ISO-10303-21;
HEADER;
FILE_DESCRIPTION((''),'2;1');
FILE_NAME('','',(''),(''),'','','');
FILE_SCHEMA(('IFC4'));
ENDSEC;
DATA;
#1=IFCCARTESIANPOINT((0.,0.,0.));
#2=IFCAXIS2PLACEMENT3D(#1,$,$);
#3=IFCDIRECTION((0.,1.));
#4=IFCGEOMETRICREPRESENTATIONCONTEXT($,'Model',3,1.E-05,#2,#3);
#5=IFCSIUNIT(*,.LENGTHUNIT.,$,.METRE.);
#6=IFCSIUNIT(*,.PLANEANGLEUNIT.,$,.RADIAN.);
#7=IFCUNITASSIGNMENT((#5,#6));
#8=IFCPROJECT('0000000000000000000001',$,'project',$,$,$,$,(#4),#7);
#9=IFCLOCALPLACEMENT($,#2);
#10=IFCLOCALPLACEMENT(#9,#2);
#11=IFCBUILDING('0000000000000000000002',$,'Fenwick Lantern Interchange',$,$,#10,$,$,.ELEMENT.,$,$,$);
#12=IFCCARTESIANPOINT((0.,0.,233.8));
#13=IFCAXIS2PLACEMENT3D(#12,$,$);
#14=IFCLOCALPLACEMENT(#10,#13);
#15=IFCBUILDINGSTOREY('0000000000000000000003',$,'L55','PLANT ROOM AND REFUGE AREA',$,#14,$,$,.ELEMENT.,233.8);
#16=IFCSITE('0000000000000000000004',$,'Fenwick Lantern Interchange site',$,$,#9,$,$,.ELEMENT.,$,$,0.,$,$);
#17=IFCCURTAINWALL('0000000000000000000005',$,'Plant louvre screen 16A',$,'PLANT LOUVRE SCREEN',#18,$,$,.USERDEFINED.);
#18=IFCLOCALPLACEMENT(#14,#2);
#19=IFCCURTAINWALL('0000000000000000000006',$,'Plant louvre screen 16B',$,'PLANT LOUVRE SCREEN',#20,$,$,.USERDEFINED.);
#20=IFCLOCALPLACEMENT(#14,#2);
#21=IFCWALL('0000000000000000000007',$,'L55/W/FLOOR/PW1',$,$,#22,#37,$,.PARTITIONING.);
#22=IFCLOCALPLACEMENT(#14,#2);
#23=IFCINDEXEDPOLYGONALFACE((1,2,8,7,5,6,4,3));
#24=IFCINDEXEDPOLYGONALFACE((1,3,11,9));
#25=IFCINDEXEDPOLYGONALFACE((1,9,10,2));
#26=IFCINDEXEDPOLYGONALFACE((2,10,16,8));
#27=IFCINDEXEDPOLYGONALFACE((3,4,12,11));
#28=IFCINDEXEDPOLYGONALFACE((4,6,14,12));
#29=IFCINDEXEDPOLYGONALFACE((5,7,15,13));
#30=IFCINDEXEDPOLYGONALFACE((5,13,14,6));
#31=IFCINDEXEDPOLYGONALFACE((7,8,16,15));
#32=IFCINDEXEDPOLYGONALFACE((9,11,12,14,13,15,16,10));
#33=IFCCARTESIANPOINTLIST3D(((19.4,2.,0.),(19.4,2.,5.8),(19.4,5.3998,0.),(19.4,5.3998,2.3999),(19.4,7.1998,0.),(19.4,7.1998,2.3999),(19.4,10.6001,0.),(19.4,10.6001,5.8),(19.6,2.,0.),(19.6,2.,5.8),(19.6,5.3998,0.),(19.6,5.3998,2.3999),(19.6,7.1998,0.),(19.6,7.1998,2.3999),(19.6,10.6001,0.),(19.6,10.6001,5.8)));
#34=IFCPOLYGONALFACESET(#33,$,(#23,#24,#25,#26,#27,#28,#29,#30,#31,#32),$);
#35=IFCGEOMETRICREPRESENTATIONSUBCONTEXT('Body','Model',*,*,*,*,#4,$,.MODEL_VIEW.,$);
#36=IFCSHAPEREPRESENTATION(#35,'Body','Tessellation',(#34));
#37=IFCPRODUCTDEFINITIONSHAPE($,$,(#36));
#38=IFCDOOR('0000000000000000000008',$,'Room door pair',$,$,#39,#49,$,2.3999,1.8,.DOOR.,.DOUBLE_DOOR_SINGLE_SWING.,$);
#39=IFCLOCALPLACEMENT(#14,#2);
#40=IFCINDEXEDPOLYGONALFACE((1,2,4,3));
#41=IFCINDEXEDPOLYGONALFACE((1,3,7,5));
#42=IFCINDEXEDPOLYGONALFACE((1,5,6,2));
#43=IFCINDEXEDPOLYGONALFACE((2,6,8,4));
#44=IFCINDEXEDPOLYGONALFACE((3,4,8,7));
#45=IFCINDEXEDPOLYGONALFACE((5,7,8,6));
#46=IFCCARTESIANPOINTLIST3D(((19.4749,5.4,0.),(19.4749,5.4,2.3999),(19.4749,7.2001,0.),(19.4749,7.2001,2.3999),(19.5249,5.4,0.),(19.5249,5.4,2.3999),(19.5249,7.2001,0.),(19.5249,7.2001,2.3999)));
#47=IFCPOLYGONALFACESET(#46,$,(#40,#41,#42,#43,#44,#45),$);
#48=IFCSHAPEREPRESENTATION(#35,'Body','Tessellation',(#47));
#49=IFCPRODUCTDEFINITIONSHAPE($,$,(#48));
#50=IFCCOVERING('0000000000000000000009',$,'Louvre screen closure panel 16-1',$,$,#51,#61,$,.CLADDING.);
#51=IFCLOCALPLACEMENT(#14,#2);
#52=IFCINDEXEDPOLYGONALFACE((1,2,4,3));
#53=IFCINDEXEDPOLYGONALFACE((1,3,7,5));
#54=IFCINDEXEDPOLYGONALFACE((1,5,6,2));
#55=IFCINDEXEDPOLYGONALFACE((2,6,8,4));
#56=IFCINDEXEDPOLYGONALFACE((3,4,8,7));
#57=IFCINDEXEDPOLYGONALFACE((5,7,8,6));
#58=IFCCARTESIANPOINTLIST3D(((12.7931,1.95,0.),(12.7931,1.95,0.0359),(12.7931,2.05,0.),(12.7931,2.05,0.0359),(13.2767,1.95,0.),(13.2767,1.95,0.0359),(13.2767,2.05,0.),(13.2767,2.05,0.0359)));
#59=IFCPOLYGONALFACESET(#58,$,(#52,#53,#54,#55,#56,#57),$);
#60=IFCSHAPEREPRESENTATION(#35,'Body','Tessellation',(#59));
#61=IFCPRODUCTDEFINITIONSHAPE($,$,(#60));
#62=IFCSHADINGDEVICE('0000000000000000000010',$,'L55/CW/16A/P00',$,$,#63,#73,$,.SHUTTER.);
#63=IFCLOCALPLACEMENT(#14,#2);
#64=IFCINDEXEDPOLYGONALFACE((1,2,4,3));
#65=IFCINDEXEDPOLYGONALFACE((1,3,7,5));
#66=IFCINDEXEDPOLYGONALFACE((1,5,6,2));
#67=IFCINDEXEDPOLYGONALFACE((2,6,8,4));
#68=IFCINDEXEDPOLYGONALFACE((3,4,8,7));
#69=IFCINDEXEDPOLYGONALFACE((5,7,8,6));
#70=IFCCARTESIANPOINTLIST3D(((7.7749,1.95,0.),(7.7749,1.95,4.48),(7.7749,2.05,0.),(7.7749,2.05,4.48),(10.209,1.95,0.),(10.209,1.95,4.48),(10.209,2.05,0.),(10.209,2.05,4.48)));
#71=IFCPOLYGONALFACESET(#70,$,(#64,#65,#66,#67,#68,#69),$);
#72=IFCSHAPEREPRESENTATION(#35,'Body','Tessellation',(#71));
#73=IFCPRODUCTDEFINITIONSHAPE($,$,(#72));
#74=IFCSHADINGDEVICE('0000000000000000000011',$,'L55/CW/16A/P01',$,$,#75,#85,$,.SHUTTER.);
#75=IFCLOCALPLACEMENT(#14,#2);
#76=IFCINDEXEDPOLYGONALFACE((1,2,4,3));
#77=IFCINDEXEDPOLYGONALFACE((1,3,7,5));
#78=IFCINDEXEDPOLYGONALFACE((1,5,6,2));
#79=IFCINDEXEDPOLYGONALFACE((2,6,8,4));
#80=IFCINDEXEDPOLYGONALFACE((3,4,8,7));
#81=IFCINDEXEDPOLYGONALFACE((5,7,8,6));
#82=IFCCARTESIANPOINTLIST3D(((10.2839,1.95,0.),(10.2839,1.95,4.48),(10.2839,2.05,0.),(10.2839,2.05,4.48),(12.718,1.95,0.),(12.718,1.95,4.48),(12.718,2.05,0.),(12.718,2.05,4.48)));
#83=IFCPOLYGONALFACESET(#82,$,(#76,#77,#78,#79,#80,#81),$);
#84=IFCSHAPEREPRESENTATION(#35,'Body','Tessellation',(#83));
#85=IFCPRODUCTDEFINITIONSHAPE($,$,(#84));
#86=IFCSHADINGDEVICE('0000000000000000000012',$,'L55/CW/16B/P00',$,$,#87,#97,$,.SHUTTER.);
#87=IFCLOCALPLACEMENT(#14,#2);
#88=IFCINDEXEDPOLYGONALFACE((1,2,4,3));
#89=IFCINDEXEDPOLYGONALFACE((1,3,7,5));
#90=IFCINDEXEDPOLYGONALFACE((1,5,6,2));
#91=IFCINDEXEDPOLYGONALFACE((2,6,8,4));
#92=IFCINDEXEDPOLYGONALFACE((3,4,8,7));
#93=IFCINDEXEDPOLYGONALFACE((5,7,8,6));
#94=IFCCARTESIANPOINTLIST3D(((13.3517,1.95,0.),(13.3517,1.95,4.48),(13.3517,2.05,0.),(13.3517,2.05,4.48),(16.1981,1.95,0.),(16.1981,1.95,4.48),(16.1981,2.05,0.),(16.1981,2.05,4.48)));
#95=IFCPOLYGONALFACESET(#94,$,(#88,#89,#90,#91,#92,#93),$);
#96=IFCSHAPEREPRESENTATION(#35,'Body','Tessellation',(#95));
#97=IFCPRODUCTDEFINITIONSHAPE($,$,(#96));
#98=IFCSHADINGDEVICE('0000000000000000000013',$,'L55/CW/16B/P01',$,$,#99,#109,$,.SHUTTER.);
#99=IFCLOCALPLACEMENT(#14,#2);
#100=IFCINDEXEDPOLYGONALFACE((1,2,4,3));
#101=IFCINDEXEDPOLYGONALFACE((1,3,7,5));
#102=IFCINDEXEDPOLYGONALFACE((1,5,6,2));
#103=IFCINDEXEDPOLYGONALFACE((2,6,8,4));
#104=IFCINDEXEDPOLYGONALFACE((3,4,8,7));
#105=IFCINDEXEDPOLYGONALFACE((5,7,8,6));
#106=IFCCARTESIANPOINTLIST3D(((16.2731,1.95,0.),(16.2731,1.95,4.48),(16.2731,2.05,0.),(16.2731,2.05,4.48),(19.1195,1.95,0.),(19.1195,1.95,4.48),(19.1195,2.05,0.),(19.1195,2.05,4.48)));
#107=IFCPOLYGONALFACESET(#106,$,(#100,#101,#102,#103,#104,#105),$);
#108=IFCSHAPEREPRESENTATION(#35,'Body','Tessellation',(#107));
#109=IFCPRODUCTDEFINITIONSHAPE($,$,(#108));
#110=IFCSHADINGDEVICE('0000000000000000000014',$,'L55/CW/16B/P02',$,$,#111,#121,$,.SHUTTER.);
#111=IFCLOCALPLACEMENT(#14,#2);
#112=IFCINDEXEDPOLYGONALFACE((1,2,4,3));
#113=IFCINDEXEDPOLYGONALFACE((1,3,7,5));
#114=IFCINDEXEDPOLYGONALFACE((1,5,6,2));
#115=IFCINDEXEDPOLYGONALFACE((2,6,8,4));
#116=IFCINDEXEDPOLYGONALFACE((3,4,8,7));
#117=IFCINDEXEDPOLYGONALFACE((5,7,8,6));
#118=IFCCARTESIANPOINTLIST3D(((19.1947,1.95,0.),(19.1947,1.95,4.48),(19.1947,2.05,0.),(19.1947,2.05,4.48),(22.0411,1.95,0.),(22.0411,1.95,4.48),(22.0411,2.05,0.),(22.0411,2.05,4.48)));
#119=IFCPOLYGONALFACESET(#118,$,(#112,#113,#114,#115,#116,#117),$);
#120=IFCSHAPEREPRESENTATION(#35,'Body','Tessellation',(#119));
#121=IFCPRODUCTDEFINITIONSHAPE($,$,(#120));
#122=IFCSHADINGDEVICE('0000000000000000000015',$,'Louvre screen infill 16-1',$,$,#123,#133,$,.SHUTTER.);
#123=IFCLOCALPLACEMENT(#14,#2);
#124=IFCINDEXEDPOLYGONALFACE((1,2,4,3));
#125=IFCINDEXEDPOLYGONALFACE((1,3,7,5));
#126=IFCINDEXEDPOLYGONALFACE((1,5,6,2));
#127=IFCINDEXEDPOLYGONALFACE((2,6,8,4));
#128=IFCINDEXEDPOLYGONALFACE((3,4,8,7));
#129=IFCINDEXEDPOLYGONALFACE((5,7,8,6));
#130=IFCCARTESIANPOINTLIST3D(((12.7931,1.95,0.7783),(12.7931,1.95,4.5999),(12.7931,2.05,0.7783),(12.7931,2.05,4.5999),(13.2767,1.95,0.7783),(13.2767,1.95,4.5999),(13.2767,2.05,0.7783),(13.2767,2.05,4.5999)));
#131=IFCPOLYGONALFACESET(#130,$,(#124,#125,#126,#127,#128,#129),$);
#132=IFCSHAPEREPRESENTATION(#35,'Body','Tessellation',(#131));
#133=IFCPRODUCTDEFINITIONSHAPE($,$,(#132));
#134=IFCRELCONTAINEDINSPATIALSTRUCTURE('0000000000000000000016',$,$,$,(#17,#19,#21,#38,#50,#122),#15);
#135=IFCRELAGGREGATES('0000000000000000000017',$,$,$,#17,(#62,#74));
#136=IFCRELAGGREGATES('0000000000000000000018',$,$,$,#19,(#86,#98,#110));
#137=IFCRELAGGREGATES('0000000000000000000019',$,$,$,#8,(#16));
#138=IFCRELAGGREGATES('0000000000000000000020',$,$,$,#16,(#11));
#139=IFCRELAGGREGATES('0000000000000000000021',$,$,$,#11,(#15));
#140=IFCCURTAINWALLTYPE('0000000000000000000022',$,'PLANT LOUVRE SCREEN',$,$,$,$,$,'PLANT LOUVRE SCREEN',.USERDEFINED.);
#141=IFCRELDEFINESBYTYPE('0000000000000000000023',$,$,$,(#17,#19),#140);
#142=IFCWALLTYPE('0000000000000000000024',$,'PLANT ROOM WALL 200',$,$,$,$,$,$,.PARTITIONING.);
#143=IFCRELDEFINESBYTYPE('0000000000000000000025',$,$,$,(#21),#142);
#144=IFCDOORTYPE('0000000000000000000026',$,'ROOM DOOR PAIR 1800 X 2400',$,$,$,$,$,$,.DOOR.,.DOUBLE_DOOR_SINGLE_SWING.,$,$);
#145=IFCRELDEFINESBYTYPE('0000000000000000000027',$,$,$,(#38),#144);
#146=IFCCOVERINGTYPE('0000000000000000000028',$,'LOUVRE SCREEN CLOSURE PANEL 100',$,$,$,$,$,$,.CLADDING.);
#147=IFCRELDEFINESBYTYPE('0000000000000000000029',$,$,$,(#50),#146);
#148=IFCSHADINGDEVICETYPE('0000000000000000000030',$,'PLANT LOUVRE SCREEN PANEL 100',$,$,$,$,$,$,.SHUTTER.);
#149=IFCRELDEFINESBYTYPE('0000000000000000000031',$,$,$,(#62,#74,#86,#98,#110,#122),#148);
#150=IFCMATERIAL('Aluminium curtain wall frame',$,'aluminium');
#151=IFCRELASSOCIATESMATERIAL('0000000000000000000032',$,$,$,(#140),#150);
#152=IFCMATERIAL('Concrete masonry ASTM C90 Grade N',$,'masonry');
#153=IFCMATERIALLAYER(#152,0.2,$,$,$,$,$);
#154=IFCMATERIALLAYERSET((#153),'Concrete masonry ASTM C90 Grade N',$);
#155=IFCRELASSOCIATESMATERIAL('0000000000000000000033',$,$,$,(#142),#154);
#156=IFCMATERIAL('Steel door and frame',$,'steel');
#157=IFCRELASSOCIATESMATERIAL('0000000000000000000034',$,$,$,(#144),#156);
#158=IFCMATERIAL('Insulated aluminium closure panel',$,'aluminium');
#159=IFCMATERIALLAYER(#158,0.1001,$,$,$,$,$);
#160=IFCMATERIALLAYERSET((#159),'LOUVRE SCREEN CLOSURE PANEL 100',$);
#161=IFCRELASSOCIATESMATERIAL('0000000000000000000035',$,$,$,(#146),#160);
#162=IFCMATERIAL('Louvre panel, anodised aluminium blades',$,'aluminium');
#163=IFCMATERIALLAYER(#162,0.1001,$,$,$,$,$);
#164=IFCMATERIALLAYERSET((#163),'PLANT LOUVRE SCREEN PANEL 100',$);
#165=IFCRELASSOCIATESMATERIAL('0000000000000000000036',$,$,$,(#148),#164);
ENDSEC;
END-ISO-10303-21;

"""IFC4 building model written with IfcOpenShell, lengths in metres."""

from ifc_helpers import new_model, si_unit, direction, frame, frame_2d, origin, origin_2d, place, context, subcontext, project, spatial, rectangle, extrude, material, layer, layer_set, type_object, element, fill, aggregate, save


model = new_model("IFC4")

# Units and contexts
model_context = context("Model", 3, precision=1e-05, world=origin(), true_north=direction((0.0, 1.0)))
body_context = subcontext(model_context, "Body", "Model", "MODEL_VIEW")
ifc_project = project(units=[si_unit("LENGTHUNIT", "METRE"), si_unit("PLANEANGLEUNIT", "RADIAN")], contexts=[model_context])

# Site, building, storey
site_placement = place(None, origin())
site = spatial("IfcSite", under=ifc_project, at=site_placement, Name="Fenwick Lantern Interchange site", CompositionType="ELEMENT", RefElevation=0.0)
building_placement = place(site_placement, origin())
building = spatial("IfcBuilding", under=site, at=building_placement, Name="Fenwick Lantern Interchange", CompositionType="ELEMENT")
storey_placement = place(building_placement, frame((0.0, 0.0, 233.8)))
storey = spatial("IfcBuildingStorey", under=building, at=storey_placement, Name="L55", Description="PLANT ROOM AND REFUGE AREA", CompositionType="ELEMENT", Elevation=233.8)

# Curtain walls
ifc_material_1 = material(Name="Aluminium curtain wall frame", Category="aluminium")
curtain_wall_type = type_object("IfcCurtainWallType", Name="PLANT LOUVRE SCREEN", ElementType="PLANT LOUVRE SCREEN", PredefinedType="USERDEFINED", material=ifc_material_1)
curtain_wall_1_placement = place(storey_placement, origin())
curtain_wall_1 = element("IfcCurtainWall", 1, at=curtain_wall_1_placement, inside=storey, type_object=curtain_wall_type, Name="Plant louvre screen 16A", ObjectType="PLANT LOUVRE SCREEN", PredefinedType="USERDEFINED")
curtain_wall_2_placement = place(storey_placement, origin())
curtain_wall_2 = element("IfcCurtainWall", 2, at=curtain_wall_2_placement, inside=storey, type_object=curtain_wall_type, Name="Plant louvre screen 16B", ObjectType="PLANT LOUVRE SCREEN", PredefinedType="USERDEFINED")

# Wall, opening, door
ifc_material_2 = material(Name="Concrete masonry ASTM C90 Grade N", Category="masonry")
ifc_layer_1 = layer(ifc_material_2, 0.2)
ifc_layer_set_1 = layer_set([ifc_layer_1], Name="Concrete masonry ASTM C90 Grade N")
wall_type = type_object("IfcWallType", Name="PLANT ROOM WALL 200", PredefinedType="PARTITIONING", material=ifc_layer_set_1)
wall_placement = place(storey_placement, frame((19.5, 2.0, 0.0), z_axis=(0.0, 0.0, 1.0), x_axis=(0.0, 1.0, 0.0)))
wall = element("IfcWall", 3, at=wall_placement, inside=storey, type_object=wall_type, Name="L55/W/FLOOR/PW1", PredefinedType="PARTITIONING", context=body_context, shape_type="SweptSolid", body=[
    extrude(rectangle(XDim=8.6001, YDim=0.2, at=frame_2d((4.3, 0.0))), origin(), (0.0, 0.0, 1.0), 5.8),
])
opening_placement = place(wall_placement, frame((3.3999, 0.0, 0.0)))
opening = element("IfcOpeningElement", 4, at=opening_placement, cuts=wall, PredefinedType="OPENING", context=body_context, shape_type="SweptSolid", body=[
    extrude(rectangle(XDim=1.8, YDim=2.3999, at=frame_2d((0.8999, 1.2))), frame((0.0, 0.1099, 0.0), z_axis=(0.0, -1.0, 0.0), x_axis=(1.0, 0.0, 0.0)), (0.0, 0.0, 1.0), 0.22),
])
ifc_material_3 = material(Name="Steel door and frame", Category="steel")
door_type = type_object("IfcDoorType", Name="ROOM DOOR PAIR 1800 X 2400", OperationType="DOUBLE_DOOR_SINGLE_SWING", PredefinedType="DOOR", material=ifc_material_3)
door_placement = place(opening_placement, frame((1.8, 0.0, 0.0), z_axis=(0.0, 0.0, 1.0), x_axis=(-1.0, 0.0, 0.0)))
door = element("IfcDoor", 5, at=door_placement, inside=storey, type_object=door_type, Name="Room door pair", OperationType="DOUBLE_DOOR_SINGLE_SWING", OverallHeight=2.3999, OverallWidth=1.8, PredefinedType="DOOR", context=body_context, shape_type="SweptSolid", body=[
    extrude(rectangle(XDim=1.8, YDim=2.3999, at=frame_2d((0.8999, 1.2))), frame((0.0, 0.0249, 0.0), z_axis=(0.0, -1.0, 0.0), x_axis=(1.0, 0.0, 0.0)), (0.0, 0.0, 1.0), 0.05),
])
fill(opening, door)

# Covering
ifc_material_4 = material(Name="Insulated aluminium closure panel", Category="aluminium")
ifc_layer_2 = layer(ifc_material_4, 0.1001)
ifc_layer_set_2 = layer_set([ifc_layer_2], Name="LOUVRE SCREEN CLOSURE PANEL 100")
covering_type = type_object("IfcCoveringType", Name="LOUVRE SCREEN CLOSURE PANEL 100", PredefinedType="CLADDING", material=ifc_layer_set_2)
covering_placement = place(storey_placement, frame((13.0349, 2.0, 0.0), z_axis=(0.0, 0.0, 1.0), x_axis=(1.0, 0.0, 0.0)))
element("IfcCovering", 6, at=covering_placement, inside=storey, type_object=covering_type, Name="Louvre screen closure panel 16-1", PredefinedType="CLADDING", context=body_context, shape_type="SweptSolid", body=[
    extrude(rectangle(XDim=0.4836, YDim=0.1001, at=origin_2d()), origin(), (0.0, 0.0, 1.0), 0.0359),
])

# Shading devices
ifc_material_5 = material(Name="Louvre panel, anodised aluminium blades", Category="aluminium")
ifc_layer_3 = layer(ifc_material_5, 0.1001)
ifc_layer_set_3 = layer_set([ifc_layer_3], Name="PLANT LOUVRE SCREEN PANEL 100")
shading_device_type = type_object("IfcShadingDeviceType", Name="PLANT LOUVRE SCREEN PANEL 100", PredefinedType="SHUTTER", material=ifc_layer_set_3)
shading_device_1_placement = place(storey_placement, frame((8.9919, 2.0, 0.0), z_axis=(0.0, 0.0, 1.0), x_axis=(1.0, 0.0, 0.0)))
shading_device_1 = element("IfcShadingDevice", 7, at=shading_device_1_placement, type_object=shading_device_type, Name="L55/CW/16A/P00", PredefinedType="SHUTTER", context=body_context, shape_type="SweptSolid", body=[
    extrude(rectangle(XDim=2.4341, YDim=0.1001, at=origin_2d()), origin(), (0.0, 0.0, 1.0), 4.48),
])
shading_device_2_placement = place(storey_placement, frame((11.501, 2.0, 0.0), z_axis=(0.0, 0.0, 1.0), x_axis=(1.0, 0.0, 0.0)))
shading_device_2 = element("IfcShadingDevice", 8, at=shading_device_2_placement, type_object=shading_device_type, Name="L55/CW/16A/P01", PredefinedType="SHUTTER", context=body_context, shape_type="SweptSolid", body=[
    extrude(rectangle(XDim=2.4341, YDim=0.1001, at=origin_2d()), origin(), (0.0, 0.0, 1.0), 4.48),
])
aggregate(curtain_wall_1, [shading_device_1, shading_device_2])
shading_device_3_placement = place(storey_placement, frame((14.7749, 2.0, 0.0), z_axis=(0.0, 0.0, 1.0), x_axis=(1.0, 0.0, 0.0)))
shading_device_3 = element("IfcShadingDevice", 9, at=shading_device_3_placement, type_object=shading_device_type, Name="L55/CW/16B/P00", PredefinedType="SHUTTER", context=body_context, shape_type="SweptSolid", body=[
    extrude(rectangle(XDim=2.8464, YDim=0.1001, at=origin_2d()), origin(), (0.0, 0.0, 1.0), 4.48),
])
shading_device_4_placement = place(storey_placement, frame((17.6963, 2.0, 0.0), z_axis=(0.0, 0.0, 1.0), x_axis=(1.0, 0.0, 0.0)))
shading_device_4 = element("IfcShadingDevice", 10, at=shading_device_4_placement, type_object=shading_device_type, Name="L55/CW/16B/P01", PredefinedType="SHUTTER", context=body_context, shape_type="SweptSolid", body=[
    extrude(rectangle(XDim=2.8464, YDim=0.1001, at=origin_2d()), origin(), (0.0, 0.0, 1.0), 4.48),
])
shading_device_5_placement = place(storey_placement, frame((20.6179, 2.0, 0.0), z_axis=(0.0, 0.0, 1.0), x_axis=(1.0, 0.0, 0.0)))
shading_device_5 = element("IfcShadingDevice", 11, at=shading_device_5_placement, type_object=shading_device_type, Name="L55/CW/16B/P02", PredefinedType="SHUTTER", context=body_context, shape_type="SweptSolid", body=[
    extrude(rectangle(XDim=2.8464, YDim=0.1001, at=origin_2d()), origin(), (0.0, 0.0, 1.0), 4.48),
])
aggregate(curtain_wall_2, [shading_device_3, shading_device_4, shading_device_5])
shading_device_6_placement = place(storey_placement, frame((13.0349, 2.0, 0.7783), z_axis=(0.0, 0.0, 1.0), x_axis=(1.0, 0.0, 0.0)))
element("IfcShadingDevice", 12, at=shading_device_6_placement, inside=storey, type_object=shading_device_type, Name="Louvre screen infill 16-1", PredefinedType="SHUTTER", context=body_context, shape_type="SweptSolid", body=[
    extrude(rectangle(XDim=0.4836, YDim=0.1001, at=origin_2d()), origin(), (0.0, 0.0, 1.0), 3.8215),
])

save(model, "model.ifc")
